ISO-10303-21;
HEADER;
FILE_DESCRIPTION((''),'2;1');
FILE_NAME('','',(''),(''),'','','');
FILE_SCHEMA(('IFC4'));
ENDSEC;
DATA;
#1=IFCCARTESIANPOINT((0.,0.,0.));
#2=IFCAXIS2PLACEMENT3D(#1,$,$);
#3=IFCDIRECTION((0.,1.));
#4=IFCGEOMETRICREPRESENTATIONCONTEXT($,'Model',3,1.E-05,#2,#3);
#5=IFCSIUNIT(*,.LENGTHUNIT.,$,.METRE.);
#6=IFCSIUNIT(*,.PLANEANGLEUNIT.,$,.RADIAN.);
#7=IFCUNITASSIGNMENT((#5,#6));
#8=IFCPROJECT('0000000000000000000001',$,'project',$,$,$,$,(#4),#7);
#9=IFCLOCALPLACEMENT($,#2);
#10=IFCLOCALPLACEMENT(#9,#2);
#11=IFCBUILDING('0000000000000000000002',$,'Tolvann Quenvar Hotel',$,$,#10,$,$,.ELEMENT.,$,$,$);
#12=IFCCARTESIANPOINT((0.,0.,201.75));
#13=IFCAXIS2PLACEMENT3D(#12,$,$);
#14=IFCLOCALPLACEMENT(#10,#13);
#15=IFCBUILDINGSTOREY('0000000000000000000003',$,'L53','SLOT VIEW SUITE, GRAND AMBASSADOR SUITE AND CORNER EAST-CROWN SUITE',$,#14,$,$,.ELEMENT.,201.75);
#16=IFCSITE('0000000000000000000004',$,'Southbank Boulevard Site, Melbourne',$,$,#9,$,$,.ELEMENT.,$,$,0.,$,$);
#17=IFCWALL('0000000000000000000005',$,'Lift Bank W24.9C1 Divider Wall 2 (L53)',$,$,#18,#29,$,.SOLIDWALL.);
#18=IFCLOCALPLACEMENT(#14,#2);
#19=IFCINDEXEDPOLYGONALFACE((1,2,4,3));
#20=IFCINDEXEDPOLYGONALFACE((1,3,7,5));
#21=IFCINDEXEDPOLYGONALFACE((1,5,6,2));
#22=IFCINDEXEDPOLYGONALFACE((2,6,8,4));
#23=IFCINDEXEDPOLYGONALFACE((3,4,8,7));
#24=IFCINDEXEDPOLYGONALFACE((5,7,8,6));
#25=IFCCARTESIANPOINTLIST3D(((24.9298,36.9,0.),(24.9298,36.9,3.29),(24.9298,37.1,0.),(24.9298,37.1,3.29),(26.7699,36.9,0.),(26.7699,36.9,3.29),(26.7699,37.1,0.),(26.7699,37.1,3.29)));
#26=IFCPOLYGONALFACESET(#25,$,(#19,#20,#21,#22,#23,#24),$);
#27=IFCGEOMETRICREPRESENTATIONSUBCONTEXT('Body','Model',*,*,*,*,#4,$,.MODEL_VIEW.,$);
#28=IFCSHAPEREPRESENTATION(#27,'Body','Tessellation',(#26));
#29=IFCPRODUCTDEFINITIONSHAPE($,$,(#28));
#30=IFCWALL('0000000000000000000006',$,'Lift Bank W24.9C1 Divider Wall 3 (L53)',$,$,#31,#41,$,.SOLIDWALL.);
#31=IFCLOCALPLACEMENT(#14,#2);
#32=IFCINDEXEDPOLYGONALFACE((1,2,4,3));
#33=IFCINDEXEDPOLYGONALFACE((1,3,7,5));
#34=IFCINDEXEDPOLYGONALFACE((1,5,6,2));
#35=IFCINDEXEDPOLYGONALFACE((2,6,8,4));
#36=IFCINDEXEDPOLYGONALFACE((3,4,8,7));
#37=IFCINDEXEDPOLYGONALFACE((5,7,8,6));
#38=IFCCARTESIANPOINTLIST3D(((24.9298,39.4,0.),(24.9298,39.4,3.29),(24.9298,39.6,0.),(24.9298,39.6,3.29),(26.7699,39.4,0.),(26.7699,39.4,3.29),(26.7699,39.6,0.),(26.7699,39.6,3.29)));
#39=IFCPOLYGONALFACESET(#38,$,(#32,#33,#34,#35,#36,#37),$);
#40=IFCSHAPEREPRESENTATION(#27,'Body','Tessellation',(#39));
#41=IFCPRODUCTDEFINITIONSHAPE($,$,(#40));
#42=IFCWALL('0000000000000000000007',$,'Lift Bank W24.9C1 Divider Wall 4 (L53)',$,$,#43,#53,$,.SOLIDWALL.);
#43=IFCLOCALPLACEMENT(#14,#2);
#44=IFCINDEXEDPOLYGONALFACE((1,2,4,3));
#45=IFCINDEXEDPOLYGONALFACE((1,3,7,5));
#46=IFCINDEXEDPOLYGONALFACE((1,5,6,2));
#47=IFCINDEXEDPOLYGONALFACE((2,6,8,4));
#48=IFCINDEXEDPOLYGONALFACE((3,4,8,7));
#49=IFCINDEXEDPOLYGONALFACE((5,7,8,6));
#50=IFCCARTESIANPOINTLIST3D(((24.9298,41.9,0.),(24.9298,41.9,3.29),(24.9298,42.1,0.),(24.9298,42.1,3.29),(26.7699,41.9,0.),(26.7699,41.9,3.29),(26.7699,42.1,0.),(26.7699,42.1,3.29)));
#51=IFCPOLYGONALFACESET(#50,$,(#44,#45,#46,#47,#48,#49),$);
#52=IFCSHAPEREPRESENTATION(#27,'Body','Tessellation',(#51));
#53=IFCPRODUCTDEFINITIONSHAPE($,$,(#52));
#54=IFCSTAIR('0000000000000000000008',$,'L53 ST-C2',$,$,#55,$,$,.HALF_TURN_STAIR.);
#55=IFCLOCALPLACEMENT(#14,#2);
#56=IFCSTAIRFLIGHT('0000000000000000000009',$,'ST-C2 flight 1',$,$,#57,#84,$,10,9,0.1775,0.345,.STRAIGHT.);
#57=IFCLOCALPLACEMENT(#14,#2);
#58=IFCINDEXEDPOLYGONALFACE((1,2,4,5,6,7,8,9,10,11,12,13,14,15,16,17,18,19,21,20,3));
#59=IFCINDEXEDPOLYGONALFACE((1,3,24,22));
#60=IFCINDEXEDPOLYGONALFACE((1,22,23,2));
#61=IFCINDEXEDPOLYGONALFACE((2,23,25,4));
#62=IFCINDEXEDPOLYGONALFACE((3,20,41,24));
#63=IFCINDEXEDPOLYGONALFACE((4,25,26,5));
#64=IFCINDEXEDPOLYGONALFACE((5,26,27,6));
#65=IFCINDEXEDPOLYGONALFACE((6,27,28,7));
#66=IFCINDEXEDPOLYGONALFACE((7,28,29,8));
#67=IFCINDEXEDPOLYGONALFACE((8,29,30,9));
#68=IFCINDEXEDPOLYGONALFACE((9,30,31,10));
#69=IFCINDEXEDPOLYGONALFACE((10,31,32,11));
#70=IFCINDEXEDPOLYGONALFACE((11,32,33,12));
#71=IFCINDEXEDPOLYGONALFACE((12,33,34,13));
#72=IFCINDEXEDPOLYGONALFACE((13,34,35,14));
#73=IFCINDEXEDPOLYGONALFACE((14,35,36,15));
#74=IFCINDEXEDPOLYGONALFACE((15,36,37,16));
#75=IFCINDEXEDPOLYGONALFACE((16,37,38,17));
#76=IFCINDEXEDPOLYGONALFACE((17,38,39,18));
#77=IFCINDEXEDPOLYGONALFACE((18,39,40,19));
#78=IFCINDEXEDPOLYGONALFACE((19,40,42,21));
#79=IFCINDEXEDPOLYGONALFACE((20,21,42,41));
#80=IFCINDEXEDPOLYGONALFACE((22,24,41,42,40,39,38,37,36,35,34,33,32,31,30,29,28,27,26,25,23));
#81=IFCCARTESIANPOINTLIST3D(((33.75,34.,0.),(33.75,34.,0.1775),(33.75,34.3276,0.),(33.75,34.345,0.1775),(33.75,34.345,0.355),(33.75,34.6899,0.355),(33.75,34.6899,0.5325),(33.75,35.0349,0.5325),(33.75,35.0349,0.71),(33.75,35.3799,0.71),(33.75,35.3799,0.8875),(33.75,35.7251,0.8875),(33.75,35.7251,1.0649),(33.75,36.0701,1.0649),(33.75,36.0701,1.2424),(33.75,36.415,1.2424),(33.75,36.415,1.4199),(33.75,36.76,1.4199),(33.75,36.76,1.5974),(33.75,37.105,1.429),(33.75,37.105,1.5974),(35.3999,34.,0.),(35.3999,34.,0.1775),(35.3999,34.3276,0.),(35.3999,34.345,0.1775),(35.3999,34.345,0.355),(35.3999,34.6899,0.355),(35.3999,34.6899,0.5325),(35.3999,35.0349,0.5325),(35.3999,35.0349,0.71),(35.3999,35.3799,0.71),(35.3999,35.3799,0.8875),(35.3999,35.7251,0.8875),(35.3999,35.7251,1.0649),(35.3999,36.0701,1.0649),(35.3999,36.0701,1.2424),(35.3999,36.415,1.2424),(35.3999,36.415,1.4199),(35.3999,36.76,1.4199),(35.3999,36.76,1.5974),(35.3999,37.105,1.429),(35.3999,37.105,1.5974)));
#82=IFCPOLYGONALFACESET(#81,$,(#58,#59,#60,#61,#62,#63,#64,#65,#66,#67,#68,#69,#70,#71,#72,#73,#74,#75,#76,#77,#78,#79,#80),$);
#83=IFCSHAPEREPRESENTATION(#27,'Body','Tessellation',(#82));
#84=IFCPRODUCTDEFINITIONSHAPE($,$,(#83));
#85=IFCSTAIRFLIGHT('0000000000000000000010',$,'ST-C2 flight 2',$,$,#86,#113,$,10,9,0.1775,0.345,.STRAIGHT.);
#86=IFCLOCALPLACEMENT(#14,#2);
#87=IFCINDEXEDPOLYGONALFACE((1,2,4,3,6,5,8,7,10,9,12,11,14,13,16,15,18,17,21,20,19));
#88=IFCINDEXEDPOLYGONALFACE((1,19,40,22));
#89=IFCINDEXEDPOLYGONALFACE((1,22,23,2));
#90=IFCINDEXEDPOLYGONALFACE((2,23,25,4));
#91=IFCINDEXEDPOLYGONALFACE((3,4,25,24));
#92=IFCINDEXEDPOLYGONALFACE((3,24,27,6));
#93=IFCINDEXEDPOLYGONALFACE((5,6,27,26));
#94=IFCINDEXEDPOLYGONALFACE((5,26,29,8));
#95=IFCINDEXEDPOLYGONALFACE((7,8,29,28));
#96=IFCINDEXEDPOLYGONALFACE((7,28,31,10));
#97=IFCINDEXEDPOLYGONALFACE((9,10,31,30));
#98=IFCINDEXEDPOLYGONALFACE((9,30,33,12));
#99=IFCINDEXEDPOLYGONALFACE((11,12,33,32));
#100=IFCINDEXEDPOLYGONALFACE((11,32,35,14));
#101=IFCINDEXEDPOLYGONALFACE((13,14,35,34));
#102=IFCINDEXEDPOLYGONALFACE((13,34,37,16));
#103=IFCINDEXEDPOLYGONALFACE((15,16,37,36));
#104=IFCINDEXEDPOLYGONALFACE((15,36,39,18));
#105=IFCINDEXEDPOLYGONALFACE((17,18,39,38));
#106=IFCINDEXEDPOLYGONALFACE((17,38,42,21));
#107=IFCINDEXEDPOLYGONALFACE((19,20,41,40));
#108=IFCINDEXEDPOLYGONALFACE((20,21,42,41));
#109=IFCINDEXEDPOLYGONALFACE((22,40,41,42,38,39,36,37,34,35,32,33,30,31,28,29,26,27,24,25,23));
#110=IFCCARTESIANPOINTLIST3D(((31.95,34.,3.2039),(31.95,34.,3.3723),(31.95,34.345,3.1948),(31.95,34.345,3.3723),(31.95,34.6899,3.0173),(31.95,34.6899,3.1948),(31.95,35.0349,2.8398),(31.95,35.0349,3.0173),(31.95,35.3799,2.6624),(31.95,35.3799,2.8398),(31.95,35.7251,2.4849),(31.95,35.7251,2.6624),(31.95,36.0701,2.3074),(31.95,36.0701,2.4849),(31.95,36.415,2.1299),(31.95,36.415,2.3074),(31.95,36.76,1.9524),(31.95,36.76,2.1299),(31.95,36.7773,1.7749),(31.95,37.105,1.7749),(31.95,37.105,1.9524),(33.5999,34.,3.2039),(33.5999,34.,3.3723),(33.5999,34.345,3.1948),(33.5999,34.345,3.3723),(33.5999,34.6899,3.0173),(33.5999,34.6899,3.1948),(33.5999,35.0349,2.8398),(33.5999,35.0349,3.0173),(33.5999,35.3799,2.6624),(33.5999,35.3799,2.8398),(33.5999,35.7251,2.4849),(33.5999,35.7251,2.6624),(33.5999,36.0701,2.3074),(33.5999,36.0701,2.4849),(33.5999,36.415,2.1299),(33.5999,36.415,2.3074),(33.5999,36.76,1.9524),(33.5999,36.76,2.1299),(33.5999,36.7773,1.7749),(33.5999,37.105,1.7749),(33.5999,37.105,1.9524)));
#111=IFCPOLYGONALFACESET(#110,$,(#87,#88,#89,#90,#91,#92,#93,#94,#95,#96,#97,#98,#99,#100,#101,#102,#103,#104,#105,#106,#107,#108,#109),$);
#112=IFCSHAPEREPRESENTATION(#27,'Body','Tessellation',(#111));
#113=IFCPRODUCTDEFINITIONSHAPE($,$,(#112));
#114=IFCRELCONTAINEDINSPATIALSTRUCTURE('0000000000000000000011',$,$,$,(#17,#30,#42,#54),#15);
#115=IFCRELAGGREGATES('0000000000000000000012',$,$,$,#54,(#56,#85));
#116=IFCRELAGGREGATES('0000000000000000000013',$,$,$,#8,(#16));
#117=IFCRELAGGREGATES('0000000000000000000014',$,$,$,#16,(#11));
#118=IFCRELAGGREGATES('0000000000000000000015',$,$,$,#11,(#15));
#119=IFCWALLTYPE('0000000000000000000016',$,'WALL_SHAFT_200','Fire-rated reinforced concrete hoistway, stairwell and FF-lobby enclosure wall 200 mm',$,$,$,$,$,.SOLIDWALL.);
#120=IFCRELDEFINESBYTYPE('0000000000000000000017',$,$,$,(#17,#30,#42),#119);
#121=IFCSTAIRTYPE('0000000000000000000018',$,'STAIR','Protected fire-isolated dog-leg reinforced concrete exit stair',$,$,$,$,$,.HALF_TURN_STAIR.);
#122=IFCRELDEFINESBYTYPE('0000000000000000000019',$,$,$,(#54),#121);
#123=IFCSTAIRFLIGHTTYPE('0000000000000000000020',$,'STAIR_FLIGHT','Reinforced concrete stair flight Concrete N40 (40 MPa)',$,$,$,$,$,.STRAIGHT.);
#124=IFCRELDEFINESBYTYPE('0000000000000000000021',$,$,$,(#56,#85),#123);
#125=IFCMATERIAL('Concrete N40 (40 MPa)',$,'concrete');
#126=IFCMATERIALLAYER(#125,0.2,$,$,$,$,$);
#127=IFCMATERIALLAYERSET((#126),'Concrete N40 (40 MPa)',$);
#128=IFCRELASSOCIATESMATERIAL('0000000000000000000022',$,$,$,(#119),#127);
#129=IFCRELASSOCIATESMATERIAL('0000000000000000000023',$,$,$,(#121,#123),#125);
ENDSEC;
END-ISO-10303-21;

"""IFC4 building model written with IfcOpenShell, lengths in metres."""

from ifc_helpers import new_model, si_unit, direction, frame, frame_2d, origin, place, context, subcontext, project, spatial, polyline, rectangle, outline, extrude, material, layer, layer_set, type_object, element, aggregate, save


model = new_model("IFC4")

# Units and contexts
model_context = context("Model", 3, precision=1e-05, world=origin(), true_north=direction((0.0, 1.0)))
body_context = subcontext(model_context, "Body", "Model", "MODEL_VIEW")
ifc_project = project(units=[si_unit("LENGTHUNIT", "METRE"), si_unit("PLANEANGLEUNIT", "RADIAN")], contexts=[model_context])

# Site, building, storey
site_placement = place(None, origin())
site = spatial("IfcSite", under=ifc_project, at=site_placement, Name="Southbank Boulevard Site, Melbourne", CompositionType="ELEMENT", RefElevation=0.0)
building_placement = place(site_placement, origin())
building = spatial("IfcBuilding", under=site, at=building_placement, Name="Tolvann Quenvar Hotel", CompositionType="ELEMENT")
storey_placement = place(building_placement, frame((0.0, 0.0, 201.75)))
storey = spatial("IfcBuildingStorey", under=building, at=storey_placement, Name="L53", Description="SLOT VIEW SUITE, GRAND AMBASSADOR SUITE AND CORNER EAST-CROWN SUITE", CompositionType="ELEMENT", Elevation=201.75)

# Shared definitions
ifc_material_1 = material(Name="Concrete N40 (40 MPa)", Category="concrete")
ifc_layer_1 = layer(ifc_material_1, 0.2)
ifc_layer_set_1 = layer_set([ifc_layer_1], Name="Concrete N40 (40 MPa)")
wall_type_1 = type_object("IfcWallType", Name="WALL_SHAFT_200", Description="Fire-rated reinforced concrete hoistway, stairwell and FF-lobby enclosure wall 200 mm", PredefinedType="SOLIDWALL", material=ifc_layer_set_1)

# Walls
for number, where, z_axis, x_axis, name in (
    (1, (24.9299, 37.0, 0.0), (0.0, 0.0, 1.0), (1.0, 0.0, 0.0), "Lift Bank W24.9C1 Divider Wall 2 (L53)"),
    (2, (24.9299, 39.5, 0.0), (0.0, 0.0, 1.0), (1.0, 0.0, 0.0), "Lift Bank W24.9C1 Divider Wall 3 (L53)"),
    (3, (24.9299, 42.0, 0.0), (0.0, 0.0, 1.0), (1.0, 0.0, 0.0), "Lift Bank W24.9C1 Divider Wall 4 (L53)"),
):
    element("IfcWall", number, at=place(storey_placement, frame(where, z_axis=z_axis, x_axis=x_axis)), inside=storey, type_object=wall_type_1, Name=name, PredefinedType="SOLIDWALL", context=body_context, shape_type="SweptSolid", body=[
        extrude(rectangle(XDim=1.8401, YDim=0.2, at=frame_2d((0.9199, 0.0))), origin(), (0.0, 0.0, 1.0), 3.29),
    ])

# Stair, stair flights
stair_type = type_object("IfcStairType", Name="STAIR", Description="Protected fire-isolated dog-leg reinforced concrete exit stair", PredefinedType="HALF_TURN_STAIR", material=ifc_material_1)
stair_placement = place(storey_placement, origin())
stair = element("IfcStair", 4, at=stair_placement, inside=storey, type_object=stair_type, Name="L53 ST-C2", PredefinedType="HALF_TURN_STAIR")
stair_flight_type = type_object("IfcStairFlightType", Name="STAIR_FLIGHT", Description="Reinforced concrete stair flight Concrete N40 (40 MPa)", PredefinedType="STRAIGHT", material=ifc_material_1)
stair_flight_1_placement = place(storey_placement, frame((34.575, 34.0, 0.0), z_axis=(0.0, 0.0, 1.0), x_axis=(0.0, 1.0, 0.0)))
stair_flight_1 = element("IfcStairFlight", 5, at=stair_flight_1_placement, type_object=stair_flight_type, Name="ST-C2 flight 1", NumberOfRisers=10, NumberOfTreads=9, PredefinedType="STRAIGHT", RiserHeight=0.1775, TreadLength=0.345, context=body_context, shape_type="SweptSolid", body=[
    extrude(outline(polyline([(0.0, 0.0), (0.0, 0.1775), (0.345, 0.1775), (0.345, 0.355), (0.6899, 0.355), (0.6899, 0.5325), (1.0349, 0.5325), (1.0349, 0.71), (1.3799, 0.71), (1.3799, 0.8875), (1.7251, 0.8875), (1.7251, 1.0649), (2.0701, 1.0649), (2.0701, 1.2424), (2.415, 1.2424), (2.415, 1.4199), (2.76, 1.4199), (2.76, 1.5974), (3.105, 1.5974), (3.105, 1.7749), (3.105, 1.429), (0.3276, 0.0), (0.0, 0.0)])), frame((0.0, 0.825, 0.0), z_axis=(0.0, -1.0, 0.0), x_axis=(1.0, 0.0, 0.0)), (0.0, 0.0, 1.0), 1.6499),
])
stair_flight_2_placement = place(storey_placement, frame((32.7749, 37.105, 1.7749), z_axis=(0.0, 0.0, 1.0), x_axis=(0.0, -1.0, 0.0)))
stair_flight_2 = element("IfcStairFlight", 6, at=stair_flight_2_placement, type_object=stair_flight_type, Name="ST-C2 flight 2", NumberOfRisers=10, NumberOfTreads=9, PredefinedType="STRAIGHT", RiserHeight=0.1775, TreadLength=0.345, context=body_context, shape_type="SweptSolid", body=[
    extrude(outline(polyline([(0.0, 0.0), (0.0, 0.1775), (0.345, 0.1775), (0.345, 0.355), (0.6899, 0.355), (0.6899, 0.5325), (1.0349, 0.5325), (1.0349, 0.71), (1.3799, 0.71), (1.3799, 0.8875), (1.7251, 0.8875), (1.7251, 1.0649), (2.0701, 1.0649), (2.0701, 1.2424), (2.415, 1.2424), (2.415, 1.4199), (2.76, 1.4199), (2.76, 1.5974), (3.105, 1.5974), (3.105, 1.7749), (3.105, 1.429), (0.3276, 0.0), (0.0, 0.0)])), frame((0.0, 0.825, 0.0), z_axis=(0.0, -1.0, 0.0), x_axis=(1.0, 0.0, 0.0)), (0.0, 0.0, 1.0), 1.6499),
])
aggregate(stair, [stair_flight_1, stair_flight_2])

save(model, "model.ifc")
